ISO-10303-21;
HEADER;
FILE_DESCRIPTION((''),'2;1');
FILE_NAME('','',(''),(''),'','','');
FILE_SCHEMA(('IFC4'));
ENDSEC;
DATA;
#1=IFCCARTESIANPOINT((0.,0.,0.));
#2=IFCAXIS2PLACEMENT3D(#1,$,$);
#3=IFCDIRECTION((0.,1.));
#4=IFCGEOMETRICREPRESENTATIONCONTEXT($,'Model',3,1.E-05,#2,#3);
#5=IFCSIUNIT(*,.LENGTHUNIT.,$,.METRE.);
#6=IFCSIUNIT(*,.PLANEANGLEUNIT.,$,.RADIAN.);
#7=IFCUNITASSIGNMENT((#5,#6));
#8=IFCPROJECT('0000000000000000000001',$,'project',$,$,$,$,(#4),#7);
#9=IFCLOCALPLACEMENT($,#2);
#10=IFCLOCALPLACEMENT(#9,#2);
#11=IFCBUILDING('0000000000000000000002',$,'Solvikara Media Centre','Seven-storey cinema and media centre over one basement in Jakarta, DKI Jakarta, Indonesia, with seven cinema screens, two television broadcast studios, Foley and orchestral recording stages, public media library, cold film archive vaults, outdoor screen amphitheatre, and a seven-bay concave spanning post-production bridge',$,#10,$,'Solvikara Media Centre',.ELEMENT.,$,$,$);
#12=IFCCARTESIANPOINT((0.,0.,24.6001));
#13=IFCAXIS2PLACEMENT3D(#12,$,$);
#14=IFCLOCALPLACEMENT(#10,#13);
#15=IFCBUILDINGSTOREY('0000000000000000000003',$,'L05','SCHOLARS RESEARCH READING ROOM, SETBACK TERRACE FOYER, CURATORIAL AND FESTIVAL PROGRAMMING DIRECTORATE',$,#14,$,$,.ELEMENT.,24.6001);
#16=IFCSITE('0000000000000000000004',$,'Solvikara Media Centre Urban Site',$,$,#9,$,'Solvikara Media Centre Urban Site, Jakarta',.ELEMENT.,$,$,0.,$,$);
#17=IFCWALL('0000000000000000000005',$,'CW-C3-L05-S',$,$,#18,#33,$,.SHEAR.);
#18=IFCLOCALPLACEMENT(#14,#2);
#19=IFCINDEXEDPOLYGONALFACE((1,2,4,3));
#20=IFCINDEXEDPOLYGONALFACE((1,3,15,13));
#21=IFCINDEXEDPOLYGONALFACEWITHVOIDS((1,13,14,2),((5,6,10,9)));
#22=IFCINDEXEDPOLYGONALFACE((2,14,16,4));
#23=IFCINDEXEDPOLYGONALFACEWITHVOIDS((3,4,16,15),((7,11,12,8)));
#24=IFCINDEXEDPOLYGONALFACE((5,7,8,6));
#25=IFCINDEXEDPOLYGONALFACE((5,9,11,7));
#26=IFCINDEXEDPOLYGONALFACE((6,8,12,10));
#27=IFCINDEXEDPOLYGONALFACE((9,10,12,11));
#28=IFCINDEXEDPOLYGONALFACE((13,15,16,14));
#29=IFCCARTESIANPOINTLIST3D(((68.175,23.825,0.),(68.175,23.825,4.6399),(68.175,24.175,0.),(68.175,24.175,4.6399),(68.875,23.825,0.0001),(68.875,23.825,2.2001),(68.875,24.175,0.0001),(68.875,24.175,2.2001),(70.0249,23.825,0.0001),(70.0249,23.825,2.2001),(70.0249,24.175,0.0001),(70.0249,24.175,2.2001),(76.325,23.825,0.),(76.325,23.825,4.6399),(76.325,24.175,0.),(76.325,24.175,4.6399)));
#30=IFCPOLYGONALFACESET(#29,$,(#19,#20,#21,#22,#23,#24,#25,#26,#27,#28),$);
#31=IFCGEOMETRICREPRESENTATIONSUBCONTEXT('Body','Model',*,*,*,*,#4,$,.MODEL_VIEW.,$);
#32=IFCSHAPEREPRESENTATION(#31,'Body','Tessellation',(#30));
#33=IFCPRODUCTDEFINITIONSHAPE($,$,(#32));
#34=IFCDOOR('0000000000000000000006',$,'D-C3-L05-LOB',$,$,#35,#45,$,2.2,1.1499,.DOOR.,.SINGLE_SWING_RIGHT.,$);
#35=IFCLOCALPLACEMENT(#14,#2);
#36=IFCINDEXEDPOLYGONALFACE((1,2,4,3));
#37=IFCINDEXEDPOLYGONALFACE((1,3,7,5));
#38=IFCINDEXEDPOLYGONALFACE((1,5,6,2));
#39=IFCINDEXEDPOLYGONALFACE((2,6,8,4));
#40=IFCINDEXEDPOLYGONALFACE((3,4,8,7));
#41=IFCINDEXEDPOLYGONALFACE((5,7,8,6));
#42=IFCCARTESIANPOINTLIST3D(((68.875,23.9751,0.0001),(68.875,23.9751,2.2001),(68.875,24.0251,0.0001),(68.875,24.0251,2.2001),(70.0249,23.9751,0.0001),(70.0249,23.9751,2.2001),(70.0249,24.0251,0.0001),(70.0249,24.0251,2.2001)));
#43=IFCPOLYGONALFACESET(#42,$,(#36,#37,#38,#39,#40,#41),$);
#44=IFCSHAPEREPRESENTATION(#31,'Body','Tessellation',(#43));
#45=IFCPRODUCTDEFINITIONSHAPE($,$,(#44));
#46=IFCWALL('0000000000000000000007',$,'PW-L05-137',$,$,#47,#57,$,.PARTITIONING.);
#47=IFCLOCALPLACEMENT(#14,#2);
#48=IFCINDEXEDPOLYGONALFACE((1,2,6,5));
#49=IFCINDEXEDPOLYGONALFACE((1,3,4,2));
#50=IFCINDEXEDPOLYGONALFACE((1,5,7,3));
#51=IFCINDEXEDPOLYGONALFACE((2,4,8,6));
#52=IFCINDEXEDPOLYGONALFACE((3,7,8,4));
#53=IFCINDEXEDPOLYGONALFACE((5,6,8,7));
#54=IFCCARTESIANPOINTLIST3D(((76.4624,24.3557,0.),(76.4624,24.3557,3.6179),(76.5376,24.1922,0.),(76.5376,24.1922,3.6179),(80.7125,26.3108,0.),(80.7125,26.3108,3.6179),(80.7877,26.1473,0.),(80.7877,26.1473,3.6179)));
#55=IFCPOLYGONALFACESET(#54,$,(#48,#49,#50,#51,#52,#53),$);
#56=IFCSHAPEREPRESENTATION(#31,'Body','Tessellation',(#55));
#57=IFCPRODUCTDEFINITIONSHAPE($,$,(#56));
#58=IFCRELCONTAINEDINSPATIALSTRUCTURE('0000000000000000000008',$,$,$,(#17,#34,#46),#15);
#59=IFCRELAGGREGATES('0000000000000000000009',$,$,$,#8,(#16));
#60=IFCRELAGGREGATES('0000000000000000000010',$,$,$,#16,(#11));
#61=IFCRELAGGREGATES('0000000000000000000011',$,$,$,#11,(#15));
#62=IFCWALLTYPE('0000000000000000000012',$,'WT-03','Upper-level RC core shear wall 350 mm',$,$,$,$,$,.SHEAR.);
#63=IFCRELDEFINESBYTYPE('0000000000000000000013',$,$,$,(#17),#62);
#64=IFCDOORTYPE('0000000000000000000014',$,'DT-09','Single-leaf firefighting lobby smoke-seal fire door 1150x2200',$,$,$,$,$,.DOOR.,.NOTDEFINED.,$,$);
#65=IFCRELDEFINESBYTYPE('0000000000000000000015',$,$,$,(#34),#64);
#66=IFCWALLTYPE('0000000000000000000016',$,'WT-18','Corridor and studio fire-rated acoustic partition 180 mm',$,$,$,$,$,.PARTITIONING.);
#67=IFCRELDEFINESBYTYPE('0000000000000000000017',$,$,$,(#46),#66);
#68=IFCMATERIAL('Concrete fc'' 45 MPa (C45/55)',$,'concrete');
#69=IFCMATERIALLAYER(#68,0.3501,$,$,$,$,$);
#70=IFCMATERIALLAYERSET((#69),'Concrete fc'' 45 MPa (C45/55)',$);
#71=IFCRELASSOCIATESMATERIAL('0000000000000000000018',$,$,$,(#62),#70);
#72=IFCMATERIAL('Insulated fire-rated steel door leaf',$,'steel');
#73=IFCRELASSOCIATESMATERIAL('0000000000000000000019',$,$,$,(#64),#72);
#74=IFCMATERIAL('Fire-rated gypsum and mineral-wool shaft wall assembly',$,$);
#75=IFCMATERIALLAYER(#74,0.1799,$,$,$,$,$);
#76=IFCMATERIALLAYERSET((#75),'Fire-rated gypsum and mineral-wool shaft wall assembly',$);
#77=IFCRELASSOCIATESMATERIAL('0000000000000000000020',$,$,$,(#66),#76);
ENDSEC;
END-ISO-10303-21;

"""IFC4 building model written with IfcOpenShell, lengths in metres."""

from ifc_helpers import new_model, si_unit, direction, frame, frame_2d, origin, place, context, subcontext, project, spatial, rectangle, extrude, material, layer, layer_set, type_object, element, fill, save


model = new_model("IFC4")

# Units and contexts
model_context = context("Model", 3, precision=1e-05, world=origin(), true_north=direction((0.0, 1.0)))
body_context = subcontext(model_context, "Body", "Model", "MODEL_VIEW")
ifc_project = project(units=[si_unit("LENGTHUNIT", "METRE"), si_unit("PLANEANGLEUNIT", "RADIAN")], contexts=[model_context])

# Site, building, storey
site_placement = place(None, origin())
site = spatial("IfcSite", under=ifc_project, at=site_placement, Name="Solvikara Media Centre Urban Site", LongName="Solvikara Media Centre Urban Site, Jakarta", CompositionType="ELEMENT", RefElevation=0.0)
building_placement = place(site_placement, origin())
building = spatial("IfcBuilding", under=site, at=building_placement, Name="Solvikara Media Centre", Description="Seven-storey cinema and media centre over one basement in Jakarta, DKI Jakarta, Indonesia, with seven cinema screens, two television broadcast studios, Foley and orchestral recording stages, public media library, cold film archive vaults, outdoor screen amphitheatre, and a seven-bay concave spanning post-production bridge", LongName="Solvikara Media Centre", CompositionType="ELEMENT")
storey_placement = place(building_placement, frame((0.0, 0.0, 24.6001)))
storey = spatial("IfcBuildingStorey", under=building, at=storey_placement, Name="L05", Description="SCHOLARS RESEARCH READING ROOM, SETBACK TERRACE FOYER, CURATORIAL AND FESTIVAL PROGRAMMING DIRECTORATE", CompositionType="ELEMENT", Elevation=24.6001)

# Shared definitions
ifc_material_1 = material(Name="Concrete fc' 45 MPa (C45/55)", Category="concrete")
ifc_layer_1 = layer(ifc_material_1, 0.3501)
ifc_layer_set_1 = layer_set([ifc_layer_1], Name="Concrete fc' 45 MPa (C45/55)")
wall_type_1 = type_object("IfcWallType", Name="WT-03", Description="Upper-level RC core shear wall 350 mm", PredefinedType="SHEAR", material=ifc_layer_set_1)

# Wall, opening, door
wall_1_placement = place(storey_placement, frame((68.175, 24.0, 0.0), z_axis=(0.0, 0.0, 1.0), x_axis=(1.0, 0.0, 0.0)))
wall_1 = element("IfcWall", 1, at=wall_1_placement, inside=storey, type_object=wall_type_1, Name="CW-C3-L05-S", PredefinedType="SHEAR", context=body_context, shape_type="SweptSolid", body=[
    extrude(rectangle(XDim=8.1499, YDim=0.3501, at=frame_2d((4.075, 0.0))), origin(), (0.0, 0.0, 1.0), 4.6399),
])
opening_placement = place(wall_1_placement, frame((0.7, 0.0, 0.0)))
opening = element("IfcOpeningElement", 2, at=opening_placement, cuts=wall_1, PredefinedType="OPENING", context=body_context, shape_type="SweptSolid", body=[
    extrude(rectangle(XDim=1.1499, YDim=2.2, at=frame_2d((0.575, 1.1001))), frame((0.0, 0.187, 0.0), z_axis=(0.0, -1.0, 0.0), x_axis=(1.0, 0.0, 0.0)), (0.0, 0.0, 1.0), 0.374),
])
ifc_material_2 = material(Name="Insulated fire-rated steel door leaf", Category="steel")
door_type = type_object("IfcDoorType", Name="DT-09", Description="Single-leaf firefighting lobby smoke-seal fire door 1150x2200", OperationType="NOTDEFINED", PredefinedType="DOOR", material=ifc_material_2)
door_placement = place(opening_placement, frame((1.1499, 0.0, 0.0), z_axis=(0.0, 0.0, 1.0), x_axis=(-1.0, 0.0, 0.0)))
door = element("IfcDoor", 3, at=door_placement, inside=storey, type_object=door_type, Name="D-C3-L05-LOB", OperationType="SINGLE_SWING_RIGHT", OverallHeight=2.2, OverallWidth=1.1499, PredefinedType="DOOR", context=body_context, shape_type="SweptSolid", body=[
    extrude(rectangle(XDim=1.1499, YDim=2.2, at=frame_2d((0.575, 1.1001))), frame((0.0, 0.0249, 0.0), z_axis=(0.0, -1.0, 0.0), x_axis=(1.0, 0.0, 0.0)), (0.0, 0.0, 1.0), 0.05),
])
fill(opening, door)

# Wall
ifc_material_3 = material(Name="Fire-rated gypsum and mineral-wool shaft wall assembly")
ifc_layer_2 = layer(ifc_material_3, 0.1799)
ifc_layer_set_2 = layer_set([ifc_layer_2], Name="Fire-rated gypsum and mineral-wool shaft wall assembly")
wall_type_2 = type_object("IfcWallType", Name="WT-18", Description="Corridor and studio fire-rated acoustic partition 180 mm", PredefinedType="PARTITIONING", material=ifc_layer_set_2)
wall_2_placement = place(storey_placement, frame((76.5, 24.2739, 0.0), z_axis=(0.0, 0.0, 1.0), x_axis=(0.908484, 0.417919, 0.0)))
element("IfcWall", 4, at=wall_2_placement, inside=storey, type_object=wall_type_2, Name="PW-L05-137", PredefinedType="PARTITIONING", context=body_context, shape_type="SweptSolid", body=[
    extrude(rectangle(XDim=4.6782, YDim=0.1799, at=frame_2d((2.3391, 0.0))), origin(), (0.0, 0.0, 1.0), 3.6179),
])

save(model, "model.ifc")
